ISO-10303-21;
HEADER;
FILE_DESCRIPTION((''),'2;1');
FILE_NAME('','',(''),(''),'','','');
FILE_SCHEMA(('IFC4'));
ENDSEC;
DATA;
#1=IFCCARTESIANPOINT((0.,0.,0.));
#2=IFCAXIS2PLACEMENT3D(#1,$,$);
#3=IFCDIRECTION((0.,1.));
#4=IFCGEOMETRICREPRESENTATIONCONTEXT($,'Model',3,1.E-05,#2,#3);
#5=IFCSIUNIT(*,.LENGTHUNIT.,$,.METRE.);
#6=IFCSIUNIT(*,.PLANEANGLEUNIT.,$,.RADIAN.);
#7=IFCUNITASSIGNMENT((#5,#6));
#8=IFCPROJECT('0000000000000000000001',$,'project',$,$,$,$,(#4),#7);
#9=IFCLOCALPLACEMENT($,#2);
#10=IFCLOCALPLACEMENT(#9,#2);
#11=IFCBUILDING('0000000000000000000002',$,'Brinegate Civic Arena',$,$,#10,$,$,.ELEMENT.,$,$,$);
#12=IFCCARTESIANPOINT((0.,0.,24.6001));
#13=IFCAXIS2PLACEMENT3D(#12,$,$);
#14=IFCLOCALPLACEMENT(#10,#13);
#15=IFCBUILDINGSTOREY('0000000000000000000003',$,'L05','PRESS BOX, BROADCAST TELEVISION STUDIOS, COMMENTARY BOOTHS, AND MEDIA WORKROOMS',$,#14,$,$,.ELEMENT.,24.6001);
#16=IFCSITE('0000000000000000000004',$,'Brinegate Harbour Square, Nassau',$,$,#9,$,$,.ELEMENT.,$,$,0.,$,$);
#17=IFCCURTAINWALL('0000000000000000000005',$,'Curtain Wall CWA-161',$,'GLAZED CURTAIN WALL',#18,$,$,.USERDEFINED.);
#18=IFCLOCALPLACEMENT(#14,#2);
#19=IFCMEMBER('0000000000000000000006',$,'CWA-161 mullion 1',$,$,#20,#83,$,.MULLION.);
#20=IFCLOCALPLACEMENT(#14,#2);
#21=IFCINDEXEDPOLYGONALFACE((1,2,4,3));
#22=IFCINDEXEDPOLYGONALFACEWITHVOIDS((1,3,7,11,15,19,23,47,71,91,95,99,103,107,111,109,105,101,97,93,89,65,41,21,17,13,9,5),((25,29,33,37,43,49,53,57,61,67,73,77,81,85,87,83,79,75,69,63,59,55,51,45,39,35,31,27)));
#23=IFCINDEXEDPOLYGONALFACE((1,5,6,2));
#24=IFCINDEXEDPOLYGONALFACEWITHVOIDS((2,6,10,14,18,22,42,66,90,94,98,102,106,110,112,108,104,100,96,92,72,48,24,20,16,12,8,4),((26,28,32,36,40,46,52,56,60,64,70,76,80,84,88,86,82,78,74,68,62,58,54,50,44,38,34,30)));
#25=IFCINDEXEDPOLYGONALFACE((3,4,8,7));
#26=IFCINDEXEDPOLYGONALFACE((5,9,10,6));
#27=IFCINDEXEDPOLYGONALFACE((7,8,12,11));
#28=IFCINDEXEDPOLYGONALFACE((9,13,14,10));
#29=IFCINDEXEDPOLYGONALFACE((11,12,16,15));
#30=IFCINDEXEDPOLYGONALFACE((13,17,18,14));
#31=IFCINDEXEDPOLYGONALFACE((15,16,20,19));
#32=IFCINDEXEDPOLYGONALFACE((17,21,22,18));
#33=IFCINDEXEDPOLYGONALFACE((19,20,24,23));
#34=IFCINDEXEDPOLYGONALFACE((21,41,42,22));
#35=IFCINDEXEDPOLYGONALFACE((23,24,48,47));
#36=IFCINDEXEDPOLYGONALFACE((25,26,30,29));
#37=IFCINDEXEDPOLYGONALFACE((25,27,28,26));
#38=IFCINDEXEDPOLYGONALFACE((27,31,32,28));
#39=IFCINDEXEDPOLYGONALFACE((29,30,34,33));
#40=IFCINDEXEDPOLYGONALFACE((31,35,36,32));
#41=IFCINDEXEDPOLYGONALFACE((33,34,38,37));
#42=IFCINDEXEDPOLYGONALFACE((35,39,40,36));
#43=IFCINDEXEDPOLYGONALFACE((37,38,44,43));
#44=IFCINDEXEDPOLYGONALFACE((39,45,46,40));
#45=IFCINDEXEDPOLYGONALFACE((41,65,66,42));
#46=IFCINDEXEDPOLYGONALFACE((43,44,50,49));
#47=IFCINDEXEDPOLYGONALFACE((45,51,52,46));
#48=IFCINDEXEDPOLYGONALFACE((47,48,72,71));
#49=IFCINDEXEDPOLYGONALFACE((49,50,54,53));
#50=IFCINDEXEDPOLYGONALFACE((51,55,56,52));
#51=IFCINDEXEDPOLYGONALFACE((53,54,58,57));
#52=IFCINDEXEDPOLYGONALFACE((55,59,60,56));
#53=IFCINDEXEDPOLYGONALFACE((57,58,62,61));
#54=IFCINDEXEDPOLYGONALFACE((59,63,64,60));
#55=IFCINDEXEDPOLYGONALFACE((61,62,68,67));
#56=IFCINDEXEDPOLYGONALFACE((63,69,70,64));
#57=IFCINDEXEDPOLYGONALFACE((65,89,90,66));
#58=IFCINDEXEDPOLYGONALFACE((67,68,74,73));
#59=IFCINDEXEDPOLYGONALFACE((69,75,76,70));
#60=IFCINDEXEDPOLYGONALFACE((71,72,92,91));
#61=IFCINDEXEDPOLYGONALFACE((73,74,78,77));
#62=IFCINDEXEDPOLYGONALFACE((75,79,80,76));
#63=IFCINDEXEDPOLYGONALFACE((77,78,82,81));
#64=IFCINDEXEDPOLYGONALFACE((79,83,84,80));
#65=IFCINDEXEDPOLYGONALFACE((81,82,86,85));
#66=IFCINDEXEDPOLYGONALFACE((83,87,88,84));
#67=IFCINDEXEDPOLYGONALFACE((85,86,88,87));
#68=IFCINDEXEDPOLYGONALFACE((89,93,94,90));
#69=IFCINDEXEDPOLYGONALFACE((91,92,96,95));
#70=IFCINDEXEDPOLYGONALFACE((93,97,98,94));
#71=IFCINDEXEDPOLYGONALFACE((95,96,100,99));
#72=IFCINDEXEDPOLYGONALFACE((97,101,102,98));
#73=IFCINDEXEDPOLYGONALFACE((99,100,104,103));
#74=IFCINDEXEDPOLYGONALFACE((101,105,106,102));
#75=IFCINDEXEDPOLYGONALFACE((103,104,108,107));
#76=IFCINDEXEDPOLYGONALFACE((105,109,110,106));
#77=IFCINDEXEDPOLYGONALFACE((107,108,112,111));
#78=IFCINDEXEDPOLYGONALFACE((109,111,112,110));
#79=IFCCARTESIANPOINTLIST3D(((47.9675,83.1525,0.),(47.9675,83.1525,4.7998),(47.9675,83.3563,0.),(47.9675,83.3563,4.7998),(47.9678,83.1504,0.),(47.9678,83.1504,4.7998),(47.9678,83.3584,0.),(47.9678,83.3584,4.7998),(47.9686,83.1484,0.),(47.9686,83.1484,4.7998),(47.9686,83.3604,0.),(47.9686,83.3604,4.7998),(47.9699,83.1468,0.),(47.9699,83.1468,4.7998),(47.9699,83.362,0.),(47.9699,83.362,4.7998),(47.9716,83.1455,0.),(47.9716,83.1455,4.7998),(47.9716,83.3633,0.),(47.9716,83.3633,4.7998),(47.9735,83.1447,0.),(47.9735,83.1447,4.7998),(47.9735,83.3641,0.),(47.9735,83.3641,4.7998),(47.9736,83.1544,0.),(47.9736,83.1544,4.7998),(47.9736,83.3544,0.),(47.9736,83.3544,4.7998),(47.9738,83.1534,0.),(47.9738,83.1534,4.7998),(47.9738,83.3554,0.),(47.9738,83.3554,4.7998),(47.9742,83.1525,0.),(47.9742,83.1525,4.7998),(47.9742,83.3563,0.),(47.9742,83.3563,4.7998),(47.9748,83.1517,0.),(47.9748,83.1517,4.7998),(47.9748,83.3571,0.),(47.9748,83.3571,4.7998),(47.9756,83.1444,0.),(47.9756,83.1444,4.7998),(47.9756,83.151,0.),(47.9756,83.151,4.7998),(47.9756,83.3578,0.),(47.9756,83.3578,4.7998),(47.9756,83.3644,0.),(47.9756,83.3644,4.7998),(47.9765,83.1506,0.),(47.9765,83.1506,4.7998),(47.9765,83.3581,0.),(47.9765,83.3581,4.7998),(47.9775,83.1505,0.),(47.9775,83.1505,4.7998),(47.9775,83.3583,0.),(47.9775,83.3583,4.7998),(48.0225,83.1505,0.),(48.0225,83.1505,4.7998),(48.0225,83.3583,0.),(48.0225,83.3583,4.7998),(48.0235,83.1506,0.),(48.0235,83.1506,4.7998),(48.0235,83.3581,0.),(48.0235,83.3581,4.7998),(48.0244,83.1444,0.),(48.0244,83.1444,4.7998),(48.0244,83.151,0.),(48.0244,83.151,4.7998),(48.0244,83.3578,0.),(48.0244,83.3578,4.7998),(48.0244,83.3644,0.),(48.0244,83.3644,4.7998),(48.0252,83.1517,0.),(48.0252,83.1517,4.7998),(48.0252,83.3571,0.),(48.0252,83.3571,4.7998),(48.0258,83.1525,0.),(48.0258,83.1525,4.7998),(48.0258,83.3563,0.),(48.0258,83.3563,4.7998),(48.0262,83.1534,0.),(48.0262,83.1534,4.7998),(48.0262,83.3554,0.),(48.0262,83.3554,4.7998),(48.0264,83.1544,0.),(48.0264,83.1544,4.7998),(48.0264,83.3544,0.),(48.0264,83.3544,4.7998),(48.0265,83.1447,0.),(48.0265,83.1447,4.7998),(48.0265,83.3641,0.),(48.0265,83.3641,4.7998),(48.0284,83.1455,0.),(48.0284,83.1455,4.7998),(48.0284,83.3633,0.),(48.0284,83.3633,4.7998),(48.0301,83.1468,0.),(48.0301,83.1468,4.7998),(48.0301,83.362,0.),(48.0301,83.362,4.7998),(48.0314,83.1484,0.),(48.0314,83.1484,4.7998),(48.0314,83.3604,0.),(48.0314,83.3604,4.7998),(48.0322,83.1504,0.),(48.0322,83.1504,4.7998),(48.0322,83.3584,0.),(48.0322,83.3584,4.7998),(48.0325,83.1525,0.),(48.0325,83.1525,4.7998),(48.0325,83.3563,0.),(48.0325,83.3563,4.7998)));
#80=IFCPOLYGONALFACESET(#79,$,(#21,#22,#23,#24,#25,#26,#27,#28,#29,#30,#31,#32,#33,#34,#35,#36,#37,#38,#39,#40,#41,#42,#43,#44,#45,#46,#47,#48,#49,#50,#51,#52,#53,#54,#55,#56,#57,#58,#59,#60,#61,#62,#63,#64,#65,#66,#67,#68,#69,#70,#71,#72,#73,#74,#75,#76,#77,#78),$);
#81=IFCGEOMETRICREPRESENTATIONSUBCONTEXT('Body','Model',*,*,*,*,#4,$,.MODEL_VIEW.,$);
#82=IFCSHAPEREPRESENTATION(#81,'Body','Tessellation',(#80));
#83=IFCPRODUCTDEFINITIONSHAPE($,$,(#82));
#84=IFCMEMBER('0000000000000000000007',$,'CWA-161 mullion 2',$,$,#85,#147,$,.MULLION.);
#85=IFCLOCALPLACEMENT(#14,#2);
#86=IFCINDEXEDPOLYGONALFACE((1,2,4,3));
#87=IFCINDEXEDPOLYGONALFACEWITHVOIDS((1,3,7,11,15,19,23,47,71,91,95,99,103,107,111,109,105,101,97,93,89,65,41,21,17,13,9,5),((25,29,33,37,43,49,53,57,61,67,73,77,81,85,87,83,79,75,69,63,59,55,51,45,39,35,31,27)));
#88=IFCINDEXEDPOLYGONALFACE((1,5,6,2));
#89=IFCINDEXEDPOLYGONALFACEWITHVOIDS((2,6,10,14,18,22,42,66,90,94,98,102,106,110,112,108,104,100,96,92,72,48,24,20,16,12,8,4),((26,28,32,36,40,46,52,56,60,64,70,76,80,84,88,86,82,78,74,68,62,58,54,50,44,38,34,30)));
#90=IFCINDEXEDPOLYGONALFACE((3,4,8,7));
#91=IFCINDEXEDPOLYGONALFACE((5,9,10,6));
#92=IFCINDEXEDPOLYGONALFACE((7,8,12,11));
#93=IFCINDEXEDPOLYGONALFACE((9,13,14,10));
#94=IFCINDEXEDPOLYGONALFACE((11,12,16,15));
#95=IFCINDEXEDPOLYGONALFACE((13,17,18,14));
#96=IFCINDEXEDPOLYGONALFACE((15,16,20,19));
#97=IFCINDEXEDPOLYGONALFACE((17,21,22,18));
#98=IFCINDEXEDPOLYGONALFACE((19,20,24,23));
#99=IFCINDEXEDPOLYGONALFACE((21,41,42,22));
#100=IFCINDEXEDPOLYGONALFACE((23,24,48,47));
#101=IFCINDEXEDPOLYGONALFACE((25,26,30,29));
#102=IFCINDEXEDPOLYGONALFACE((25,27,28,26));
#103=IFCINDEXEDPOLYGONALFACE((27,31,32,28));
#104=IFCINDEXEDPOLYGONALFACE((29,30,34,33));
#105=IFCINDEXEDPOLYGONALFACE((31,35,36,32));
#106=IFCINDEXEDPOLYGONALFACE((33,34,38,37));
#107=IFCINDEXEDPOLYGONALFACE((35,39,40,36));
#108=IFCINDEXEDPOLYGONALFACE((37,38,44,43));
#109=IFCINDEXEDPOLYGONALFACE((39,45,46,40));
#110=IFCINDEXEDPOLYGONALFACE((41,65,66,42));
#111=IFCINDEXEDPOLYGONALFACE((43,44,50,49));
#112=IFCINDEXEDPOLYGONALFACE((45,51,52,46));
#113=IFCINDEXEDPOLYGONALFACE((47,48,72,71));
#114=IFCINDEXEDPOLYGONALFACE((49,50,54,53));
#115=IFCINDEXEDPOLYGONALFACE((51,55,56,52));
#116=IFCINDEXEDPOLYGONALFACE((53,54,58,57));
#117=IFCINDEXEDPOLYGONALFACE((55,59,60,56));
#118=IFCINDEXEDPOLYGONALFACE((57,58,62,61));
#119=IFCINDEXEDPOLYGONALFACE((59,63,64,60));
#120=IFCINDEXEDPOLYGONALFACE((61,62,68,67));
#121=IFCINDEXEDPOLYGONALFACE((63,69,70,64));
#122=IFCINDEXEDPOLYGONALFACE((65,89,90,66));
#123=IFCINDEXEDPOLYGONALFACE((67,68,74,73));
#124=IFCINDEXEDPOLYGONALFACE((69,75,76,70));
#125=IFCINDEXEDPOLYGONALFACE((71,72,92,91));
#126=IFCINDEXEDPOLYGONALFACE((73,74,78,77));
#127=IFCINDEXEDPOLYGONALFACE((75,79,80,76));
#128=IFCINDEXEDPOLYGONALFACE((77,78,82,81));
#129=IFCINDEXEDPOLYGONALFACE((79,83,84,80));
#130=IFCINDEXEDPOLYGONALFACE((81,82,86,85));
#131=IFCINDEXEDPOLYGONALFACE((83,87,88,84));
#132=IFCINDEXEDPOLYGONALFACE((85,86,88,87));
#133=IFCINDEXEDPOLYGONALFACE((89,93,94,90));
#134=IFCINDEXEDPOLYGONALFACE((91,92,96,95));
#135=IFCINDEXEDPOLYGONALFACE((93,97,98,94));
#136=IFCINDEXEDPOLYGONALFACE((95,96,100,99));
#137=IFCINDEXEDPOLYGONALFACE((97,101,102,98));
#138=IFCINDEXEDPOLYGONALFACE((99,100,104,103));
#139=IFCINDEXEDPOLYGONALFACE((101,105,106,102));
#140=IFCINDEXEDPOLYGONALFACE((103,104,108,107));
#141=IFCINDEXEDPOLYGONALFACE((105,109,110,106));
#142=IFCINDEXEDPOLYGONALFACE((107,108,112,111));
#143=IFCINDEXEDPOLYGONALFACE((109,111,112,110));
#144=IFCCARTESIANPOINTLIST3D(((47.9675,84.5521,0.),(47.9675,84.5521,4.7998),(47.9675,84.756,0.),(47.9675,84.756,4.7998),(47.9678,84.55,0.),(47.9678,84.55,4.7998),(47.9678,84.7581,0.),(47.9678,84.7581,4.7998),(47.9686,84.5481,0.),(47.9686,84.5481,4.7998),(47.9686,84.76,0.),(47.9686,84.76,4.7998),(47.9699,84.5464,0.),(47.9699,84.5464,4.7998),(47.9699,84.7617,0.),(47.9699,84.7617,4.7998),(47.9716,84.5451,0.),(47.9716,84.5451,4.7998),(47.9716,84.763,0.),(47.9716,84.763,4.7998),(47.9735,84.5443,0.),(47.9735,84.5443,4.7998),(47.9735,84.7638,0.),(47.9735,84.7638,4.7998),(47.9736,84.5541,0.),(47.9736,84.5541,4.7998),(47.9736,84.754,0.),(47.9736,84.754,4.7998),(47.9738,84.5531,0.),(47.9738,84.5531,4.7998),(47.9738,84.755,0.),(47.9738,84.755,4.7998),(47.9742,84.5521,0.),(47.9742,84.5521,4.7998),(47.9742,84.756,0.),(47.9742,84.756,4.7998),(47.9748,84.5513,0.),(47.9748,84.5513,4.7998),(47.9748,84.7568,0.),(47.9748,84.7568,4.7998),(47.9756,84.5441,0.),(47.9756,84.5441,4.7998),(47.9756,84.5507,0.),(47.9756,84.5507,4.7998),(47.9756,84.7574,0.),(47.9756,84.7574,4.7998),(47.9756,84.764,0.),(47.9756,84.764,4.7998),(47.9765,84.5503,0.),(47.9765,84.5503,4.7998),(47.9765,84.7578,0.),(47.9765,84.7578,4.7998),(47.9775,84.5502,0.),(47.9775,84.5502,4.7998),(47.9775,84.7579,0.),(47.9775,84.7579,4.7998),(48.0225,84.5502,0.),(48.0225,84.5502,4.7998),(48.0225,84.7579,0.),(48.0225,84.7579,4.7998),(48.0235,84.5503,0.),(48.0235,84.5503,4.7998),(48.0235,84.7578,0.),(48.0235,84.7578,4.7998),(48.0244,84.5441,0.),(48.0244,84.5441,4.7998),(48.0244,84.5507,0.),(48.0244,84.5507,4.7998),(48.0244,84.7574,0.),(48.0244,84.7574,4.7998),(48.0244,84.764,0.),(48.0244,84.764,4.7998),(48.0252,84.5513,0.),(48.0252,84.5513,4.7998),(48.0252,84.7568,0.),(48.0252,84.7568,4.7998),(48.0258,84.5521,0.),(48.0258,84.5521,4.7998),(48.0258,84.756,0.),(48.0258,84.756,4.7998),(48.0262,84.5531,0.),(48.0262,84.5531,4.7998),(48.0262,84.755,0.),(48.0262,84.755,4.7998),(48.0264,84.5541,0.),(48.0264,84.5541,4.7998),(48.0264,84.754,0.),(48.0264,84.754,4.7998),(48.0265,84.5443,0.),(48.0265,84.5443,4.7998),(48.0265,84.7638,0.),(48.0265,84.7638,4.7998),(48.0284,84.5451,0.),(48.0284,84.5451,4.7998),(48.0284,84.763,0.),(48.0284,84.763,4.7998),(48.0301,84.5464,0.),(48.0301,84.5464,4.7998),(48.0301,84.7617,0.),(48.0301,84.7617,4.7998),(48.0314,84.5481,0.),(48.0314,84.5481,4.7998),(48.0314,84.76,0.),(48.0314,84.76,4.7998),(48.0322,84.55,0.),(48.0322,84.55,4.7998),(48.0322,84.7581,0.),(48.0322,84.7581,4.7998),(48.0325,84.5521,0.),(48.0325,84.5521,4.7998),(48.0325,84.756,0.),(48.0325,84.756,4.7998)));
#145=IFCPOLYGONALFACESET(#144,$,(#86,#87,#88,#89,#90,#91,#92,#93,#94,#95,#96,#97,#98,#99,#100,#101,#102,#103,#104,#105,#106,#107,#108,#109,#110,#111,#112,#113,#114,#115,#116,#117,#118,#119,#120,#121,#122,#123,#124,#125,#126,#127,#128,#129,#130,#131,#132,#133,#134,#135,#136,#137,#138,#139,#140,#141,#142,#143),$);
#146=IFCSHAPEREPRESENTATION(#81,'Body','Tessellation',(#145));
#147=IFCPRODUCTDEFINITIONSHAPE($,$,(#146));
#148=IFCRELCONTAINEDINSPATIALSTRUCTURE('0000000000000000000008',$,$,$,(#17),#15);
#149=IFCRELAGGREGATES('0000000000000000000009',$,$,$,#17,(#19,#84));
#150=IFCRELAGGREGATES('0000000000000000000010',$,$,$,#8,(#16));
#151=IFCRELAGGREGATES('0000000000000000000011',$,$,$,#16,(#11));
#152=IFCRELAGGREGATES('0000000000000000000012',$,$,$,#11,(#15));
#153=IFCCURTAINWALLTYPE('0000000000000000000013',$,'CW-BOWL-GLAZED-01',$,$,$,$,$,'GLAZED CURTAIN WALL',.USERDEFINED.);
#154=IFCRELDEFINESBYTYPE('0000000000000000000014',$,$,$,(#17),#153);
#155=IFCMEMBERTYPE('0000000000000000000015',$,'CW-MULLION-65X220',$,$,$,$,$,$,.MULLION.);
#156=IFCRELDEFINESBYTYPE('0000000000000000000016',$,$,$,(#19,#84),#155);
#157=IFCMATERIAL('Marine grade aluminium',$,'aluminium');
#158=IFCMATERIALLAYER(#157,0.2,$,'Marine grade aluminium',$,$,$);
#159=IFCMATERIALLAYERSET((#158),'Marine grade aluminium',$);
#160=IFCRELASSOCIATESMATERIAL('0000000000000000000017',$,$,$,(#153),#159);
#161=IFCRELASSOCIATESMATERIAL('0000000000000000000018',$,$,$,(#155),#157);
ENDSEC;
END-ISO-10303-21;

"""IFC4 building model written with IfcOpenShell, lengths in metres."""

from ifc_helpers import new_model, si_unit, direction, frame, origin, origin_2d, place, context, subcontext, project, spatial, hollow_rectangle, extrude, material, layer, layer_set, material_profile, profile_set, type_object, element, aggregate, save


model = new_model("IFC4")

# Units and contexts
model_context = context("Model", 3, precision=1e-05, world=origin(), true_north=direction((0.0, 1.0)))
body_context = subcontext(model_context, "Body", "Model", "MODEL_VIEW")
ifc_project = project(units=[si_unit("LENGTHUNIT", "METRE"), si_unit("PLANEANGLEUNIT", "RADIAN")], contexts=[model_context])

# Site, building, storey
site_placement = place(None, origin())
site = spatial("IfcSite", under=ifc_project, at=site_placement, Name="Brinegate Harbour Square, Nassau", CompositionType="ELEMENT", RefElevation=0.0)
building_placement = place(site_placement, origin())
building = spatial("IfcBuilding", under=site, at=building_placement, Name="Brinegate Civic Arena", CompositionType="ELEMENT")
storey_placement = place(building_placement, frame((0.0, 0.0, 24.6001)))
storey = spatial("IfcBuildingStorey", under=building, at=storey_placement, Name="L05", Description="PRESS BOX, BROADCAST TELEVISION STUDIOS, COMMENTARY BOOTHS, AND MEDIA WORKROOMS", CompositionType="ELEMENT", Elevation=24.6001)

# Curtain wall, members
ifc_material_1 = material(Name="Marine grade aluminium", Category="aluminium")
ifc_layer_1 = layer(ifc_material_1, 0.2, Name="Marine grade aluminium")
ifc_layer_set_1 = layer_set([ifc_layer_1], Name="Marine grade aluminium")
curtain_wall_type = type_object("IfcCurtainWallType", Name="CW-BOWL-GLAZED-01", ElementType="GLAZED CURTAIN WALL", PredefinedType="USERDEFINED", material=ifc_layer_set_1)
curtain_wall_placement = place(storey_placement, origin())
curtain_wall = element("IfcCurtainWall", 1, at=curtain_wall_placement, inside=storey, type_object=curtain_wall_type, Name="Curtain Wall CWA-161", ObjectType="GLAZED CURTAIN WALL", PredefinedType="USERDEFINED")
ifc_material_profile_1 = material_profile(ifc_material_1, hollow_rectangle(XDim=0.0649, YDim=0.22, WallThickness=0.0061, InnerFilletRadius=0.0039, OuterFilletRadius=0.0081, at=origin_2d()), Name="MUL65X220")
ifc_profile_set_1 = profile_set([ifc_material_profile_1], Name="Marine grade aluminium")
member_type_1 = type_object("IfcMemberType", Name="CW-MULLION-65X220", PredefinedType="MULLION", material=ifc_profile_set_1)
member_1_placement = place(storey_placement, frame((48.0, 83.2544, 0.0), z_axis=(0.0, 0.0, 1.0), x_axis=(-1.0, 0.0, 0.0)))
member_1 = element("IfcMember", 2, at=member_1_placement, type_object=member_type_1, Name="CWA-161 mullion 1", PredefinedType="MULLION", context=body_context, shape_type="SweptSolid", body=[
    extrude(hollow_rectangle(XDim=0.0649, YDim=0.22, WallThickness=0.0061, InnerFilletRadius=0.0039, OuterFilletRadius=0.0081, at=origin_2d()), origin(), (0.0, 0.0, 1.0), 4.7998),
])
member_2_placement = place(storey_placement, frame((48.0, 84.6541, 0.0), z_axis=(0.0, 0.0, 1.0), x_axis=(-1.0, 0.0, 0.0)))
member_2 = element("IfcMember", 3, at=member_2_placement, type_object=member_type_1, Name="CWA-161 mullion 2", PredefinedType="MULLION", context=body_context, shape_type="SweptSolid", body=[
    extrude(hollow_rectangle(XDim=0.0649, YDim=0.22, WallThickness=0.0061, InnerFilletRadius=0.0039, OuterFilletRadius=0.0081, at=origin_2d()), origin(), (0.0, 0.0, 1.0), 4.7998),
])
aggregate(curtain_wall, [member_1, member_2])

save(model, "model.ifc")
